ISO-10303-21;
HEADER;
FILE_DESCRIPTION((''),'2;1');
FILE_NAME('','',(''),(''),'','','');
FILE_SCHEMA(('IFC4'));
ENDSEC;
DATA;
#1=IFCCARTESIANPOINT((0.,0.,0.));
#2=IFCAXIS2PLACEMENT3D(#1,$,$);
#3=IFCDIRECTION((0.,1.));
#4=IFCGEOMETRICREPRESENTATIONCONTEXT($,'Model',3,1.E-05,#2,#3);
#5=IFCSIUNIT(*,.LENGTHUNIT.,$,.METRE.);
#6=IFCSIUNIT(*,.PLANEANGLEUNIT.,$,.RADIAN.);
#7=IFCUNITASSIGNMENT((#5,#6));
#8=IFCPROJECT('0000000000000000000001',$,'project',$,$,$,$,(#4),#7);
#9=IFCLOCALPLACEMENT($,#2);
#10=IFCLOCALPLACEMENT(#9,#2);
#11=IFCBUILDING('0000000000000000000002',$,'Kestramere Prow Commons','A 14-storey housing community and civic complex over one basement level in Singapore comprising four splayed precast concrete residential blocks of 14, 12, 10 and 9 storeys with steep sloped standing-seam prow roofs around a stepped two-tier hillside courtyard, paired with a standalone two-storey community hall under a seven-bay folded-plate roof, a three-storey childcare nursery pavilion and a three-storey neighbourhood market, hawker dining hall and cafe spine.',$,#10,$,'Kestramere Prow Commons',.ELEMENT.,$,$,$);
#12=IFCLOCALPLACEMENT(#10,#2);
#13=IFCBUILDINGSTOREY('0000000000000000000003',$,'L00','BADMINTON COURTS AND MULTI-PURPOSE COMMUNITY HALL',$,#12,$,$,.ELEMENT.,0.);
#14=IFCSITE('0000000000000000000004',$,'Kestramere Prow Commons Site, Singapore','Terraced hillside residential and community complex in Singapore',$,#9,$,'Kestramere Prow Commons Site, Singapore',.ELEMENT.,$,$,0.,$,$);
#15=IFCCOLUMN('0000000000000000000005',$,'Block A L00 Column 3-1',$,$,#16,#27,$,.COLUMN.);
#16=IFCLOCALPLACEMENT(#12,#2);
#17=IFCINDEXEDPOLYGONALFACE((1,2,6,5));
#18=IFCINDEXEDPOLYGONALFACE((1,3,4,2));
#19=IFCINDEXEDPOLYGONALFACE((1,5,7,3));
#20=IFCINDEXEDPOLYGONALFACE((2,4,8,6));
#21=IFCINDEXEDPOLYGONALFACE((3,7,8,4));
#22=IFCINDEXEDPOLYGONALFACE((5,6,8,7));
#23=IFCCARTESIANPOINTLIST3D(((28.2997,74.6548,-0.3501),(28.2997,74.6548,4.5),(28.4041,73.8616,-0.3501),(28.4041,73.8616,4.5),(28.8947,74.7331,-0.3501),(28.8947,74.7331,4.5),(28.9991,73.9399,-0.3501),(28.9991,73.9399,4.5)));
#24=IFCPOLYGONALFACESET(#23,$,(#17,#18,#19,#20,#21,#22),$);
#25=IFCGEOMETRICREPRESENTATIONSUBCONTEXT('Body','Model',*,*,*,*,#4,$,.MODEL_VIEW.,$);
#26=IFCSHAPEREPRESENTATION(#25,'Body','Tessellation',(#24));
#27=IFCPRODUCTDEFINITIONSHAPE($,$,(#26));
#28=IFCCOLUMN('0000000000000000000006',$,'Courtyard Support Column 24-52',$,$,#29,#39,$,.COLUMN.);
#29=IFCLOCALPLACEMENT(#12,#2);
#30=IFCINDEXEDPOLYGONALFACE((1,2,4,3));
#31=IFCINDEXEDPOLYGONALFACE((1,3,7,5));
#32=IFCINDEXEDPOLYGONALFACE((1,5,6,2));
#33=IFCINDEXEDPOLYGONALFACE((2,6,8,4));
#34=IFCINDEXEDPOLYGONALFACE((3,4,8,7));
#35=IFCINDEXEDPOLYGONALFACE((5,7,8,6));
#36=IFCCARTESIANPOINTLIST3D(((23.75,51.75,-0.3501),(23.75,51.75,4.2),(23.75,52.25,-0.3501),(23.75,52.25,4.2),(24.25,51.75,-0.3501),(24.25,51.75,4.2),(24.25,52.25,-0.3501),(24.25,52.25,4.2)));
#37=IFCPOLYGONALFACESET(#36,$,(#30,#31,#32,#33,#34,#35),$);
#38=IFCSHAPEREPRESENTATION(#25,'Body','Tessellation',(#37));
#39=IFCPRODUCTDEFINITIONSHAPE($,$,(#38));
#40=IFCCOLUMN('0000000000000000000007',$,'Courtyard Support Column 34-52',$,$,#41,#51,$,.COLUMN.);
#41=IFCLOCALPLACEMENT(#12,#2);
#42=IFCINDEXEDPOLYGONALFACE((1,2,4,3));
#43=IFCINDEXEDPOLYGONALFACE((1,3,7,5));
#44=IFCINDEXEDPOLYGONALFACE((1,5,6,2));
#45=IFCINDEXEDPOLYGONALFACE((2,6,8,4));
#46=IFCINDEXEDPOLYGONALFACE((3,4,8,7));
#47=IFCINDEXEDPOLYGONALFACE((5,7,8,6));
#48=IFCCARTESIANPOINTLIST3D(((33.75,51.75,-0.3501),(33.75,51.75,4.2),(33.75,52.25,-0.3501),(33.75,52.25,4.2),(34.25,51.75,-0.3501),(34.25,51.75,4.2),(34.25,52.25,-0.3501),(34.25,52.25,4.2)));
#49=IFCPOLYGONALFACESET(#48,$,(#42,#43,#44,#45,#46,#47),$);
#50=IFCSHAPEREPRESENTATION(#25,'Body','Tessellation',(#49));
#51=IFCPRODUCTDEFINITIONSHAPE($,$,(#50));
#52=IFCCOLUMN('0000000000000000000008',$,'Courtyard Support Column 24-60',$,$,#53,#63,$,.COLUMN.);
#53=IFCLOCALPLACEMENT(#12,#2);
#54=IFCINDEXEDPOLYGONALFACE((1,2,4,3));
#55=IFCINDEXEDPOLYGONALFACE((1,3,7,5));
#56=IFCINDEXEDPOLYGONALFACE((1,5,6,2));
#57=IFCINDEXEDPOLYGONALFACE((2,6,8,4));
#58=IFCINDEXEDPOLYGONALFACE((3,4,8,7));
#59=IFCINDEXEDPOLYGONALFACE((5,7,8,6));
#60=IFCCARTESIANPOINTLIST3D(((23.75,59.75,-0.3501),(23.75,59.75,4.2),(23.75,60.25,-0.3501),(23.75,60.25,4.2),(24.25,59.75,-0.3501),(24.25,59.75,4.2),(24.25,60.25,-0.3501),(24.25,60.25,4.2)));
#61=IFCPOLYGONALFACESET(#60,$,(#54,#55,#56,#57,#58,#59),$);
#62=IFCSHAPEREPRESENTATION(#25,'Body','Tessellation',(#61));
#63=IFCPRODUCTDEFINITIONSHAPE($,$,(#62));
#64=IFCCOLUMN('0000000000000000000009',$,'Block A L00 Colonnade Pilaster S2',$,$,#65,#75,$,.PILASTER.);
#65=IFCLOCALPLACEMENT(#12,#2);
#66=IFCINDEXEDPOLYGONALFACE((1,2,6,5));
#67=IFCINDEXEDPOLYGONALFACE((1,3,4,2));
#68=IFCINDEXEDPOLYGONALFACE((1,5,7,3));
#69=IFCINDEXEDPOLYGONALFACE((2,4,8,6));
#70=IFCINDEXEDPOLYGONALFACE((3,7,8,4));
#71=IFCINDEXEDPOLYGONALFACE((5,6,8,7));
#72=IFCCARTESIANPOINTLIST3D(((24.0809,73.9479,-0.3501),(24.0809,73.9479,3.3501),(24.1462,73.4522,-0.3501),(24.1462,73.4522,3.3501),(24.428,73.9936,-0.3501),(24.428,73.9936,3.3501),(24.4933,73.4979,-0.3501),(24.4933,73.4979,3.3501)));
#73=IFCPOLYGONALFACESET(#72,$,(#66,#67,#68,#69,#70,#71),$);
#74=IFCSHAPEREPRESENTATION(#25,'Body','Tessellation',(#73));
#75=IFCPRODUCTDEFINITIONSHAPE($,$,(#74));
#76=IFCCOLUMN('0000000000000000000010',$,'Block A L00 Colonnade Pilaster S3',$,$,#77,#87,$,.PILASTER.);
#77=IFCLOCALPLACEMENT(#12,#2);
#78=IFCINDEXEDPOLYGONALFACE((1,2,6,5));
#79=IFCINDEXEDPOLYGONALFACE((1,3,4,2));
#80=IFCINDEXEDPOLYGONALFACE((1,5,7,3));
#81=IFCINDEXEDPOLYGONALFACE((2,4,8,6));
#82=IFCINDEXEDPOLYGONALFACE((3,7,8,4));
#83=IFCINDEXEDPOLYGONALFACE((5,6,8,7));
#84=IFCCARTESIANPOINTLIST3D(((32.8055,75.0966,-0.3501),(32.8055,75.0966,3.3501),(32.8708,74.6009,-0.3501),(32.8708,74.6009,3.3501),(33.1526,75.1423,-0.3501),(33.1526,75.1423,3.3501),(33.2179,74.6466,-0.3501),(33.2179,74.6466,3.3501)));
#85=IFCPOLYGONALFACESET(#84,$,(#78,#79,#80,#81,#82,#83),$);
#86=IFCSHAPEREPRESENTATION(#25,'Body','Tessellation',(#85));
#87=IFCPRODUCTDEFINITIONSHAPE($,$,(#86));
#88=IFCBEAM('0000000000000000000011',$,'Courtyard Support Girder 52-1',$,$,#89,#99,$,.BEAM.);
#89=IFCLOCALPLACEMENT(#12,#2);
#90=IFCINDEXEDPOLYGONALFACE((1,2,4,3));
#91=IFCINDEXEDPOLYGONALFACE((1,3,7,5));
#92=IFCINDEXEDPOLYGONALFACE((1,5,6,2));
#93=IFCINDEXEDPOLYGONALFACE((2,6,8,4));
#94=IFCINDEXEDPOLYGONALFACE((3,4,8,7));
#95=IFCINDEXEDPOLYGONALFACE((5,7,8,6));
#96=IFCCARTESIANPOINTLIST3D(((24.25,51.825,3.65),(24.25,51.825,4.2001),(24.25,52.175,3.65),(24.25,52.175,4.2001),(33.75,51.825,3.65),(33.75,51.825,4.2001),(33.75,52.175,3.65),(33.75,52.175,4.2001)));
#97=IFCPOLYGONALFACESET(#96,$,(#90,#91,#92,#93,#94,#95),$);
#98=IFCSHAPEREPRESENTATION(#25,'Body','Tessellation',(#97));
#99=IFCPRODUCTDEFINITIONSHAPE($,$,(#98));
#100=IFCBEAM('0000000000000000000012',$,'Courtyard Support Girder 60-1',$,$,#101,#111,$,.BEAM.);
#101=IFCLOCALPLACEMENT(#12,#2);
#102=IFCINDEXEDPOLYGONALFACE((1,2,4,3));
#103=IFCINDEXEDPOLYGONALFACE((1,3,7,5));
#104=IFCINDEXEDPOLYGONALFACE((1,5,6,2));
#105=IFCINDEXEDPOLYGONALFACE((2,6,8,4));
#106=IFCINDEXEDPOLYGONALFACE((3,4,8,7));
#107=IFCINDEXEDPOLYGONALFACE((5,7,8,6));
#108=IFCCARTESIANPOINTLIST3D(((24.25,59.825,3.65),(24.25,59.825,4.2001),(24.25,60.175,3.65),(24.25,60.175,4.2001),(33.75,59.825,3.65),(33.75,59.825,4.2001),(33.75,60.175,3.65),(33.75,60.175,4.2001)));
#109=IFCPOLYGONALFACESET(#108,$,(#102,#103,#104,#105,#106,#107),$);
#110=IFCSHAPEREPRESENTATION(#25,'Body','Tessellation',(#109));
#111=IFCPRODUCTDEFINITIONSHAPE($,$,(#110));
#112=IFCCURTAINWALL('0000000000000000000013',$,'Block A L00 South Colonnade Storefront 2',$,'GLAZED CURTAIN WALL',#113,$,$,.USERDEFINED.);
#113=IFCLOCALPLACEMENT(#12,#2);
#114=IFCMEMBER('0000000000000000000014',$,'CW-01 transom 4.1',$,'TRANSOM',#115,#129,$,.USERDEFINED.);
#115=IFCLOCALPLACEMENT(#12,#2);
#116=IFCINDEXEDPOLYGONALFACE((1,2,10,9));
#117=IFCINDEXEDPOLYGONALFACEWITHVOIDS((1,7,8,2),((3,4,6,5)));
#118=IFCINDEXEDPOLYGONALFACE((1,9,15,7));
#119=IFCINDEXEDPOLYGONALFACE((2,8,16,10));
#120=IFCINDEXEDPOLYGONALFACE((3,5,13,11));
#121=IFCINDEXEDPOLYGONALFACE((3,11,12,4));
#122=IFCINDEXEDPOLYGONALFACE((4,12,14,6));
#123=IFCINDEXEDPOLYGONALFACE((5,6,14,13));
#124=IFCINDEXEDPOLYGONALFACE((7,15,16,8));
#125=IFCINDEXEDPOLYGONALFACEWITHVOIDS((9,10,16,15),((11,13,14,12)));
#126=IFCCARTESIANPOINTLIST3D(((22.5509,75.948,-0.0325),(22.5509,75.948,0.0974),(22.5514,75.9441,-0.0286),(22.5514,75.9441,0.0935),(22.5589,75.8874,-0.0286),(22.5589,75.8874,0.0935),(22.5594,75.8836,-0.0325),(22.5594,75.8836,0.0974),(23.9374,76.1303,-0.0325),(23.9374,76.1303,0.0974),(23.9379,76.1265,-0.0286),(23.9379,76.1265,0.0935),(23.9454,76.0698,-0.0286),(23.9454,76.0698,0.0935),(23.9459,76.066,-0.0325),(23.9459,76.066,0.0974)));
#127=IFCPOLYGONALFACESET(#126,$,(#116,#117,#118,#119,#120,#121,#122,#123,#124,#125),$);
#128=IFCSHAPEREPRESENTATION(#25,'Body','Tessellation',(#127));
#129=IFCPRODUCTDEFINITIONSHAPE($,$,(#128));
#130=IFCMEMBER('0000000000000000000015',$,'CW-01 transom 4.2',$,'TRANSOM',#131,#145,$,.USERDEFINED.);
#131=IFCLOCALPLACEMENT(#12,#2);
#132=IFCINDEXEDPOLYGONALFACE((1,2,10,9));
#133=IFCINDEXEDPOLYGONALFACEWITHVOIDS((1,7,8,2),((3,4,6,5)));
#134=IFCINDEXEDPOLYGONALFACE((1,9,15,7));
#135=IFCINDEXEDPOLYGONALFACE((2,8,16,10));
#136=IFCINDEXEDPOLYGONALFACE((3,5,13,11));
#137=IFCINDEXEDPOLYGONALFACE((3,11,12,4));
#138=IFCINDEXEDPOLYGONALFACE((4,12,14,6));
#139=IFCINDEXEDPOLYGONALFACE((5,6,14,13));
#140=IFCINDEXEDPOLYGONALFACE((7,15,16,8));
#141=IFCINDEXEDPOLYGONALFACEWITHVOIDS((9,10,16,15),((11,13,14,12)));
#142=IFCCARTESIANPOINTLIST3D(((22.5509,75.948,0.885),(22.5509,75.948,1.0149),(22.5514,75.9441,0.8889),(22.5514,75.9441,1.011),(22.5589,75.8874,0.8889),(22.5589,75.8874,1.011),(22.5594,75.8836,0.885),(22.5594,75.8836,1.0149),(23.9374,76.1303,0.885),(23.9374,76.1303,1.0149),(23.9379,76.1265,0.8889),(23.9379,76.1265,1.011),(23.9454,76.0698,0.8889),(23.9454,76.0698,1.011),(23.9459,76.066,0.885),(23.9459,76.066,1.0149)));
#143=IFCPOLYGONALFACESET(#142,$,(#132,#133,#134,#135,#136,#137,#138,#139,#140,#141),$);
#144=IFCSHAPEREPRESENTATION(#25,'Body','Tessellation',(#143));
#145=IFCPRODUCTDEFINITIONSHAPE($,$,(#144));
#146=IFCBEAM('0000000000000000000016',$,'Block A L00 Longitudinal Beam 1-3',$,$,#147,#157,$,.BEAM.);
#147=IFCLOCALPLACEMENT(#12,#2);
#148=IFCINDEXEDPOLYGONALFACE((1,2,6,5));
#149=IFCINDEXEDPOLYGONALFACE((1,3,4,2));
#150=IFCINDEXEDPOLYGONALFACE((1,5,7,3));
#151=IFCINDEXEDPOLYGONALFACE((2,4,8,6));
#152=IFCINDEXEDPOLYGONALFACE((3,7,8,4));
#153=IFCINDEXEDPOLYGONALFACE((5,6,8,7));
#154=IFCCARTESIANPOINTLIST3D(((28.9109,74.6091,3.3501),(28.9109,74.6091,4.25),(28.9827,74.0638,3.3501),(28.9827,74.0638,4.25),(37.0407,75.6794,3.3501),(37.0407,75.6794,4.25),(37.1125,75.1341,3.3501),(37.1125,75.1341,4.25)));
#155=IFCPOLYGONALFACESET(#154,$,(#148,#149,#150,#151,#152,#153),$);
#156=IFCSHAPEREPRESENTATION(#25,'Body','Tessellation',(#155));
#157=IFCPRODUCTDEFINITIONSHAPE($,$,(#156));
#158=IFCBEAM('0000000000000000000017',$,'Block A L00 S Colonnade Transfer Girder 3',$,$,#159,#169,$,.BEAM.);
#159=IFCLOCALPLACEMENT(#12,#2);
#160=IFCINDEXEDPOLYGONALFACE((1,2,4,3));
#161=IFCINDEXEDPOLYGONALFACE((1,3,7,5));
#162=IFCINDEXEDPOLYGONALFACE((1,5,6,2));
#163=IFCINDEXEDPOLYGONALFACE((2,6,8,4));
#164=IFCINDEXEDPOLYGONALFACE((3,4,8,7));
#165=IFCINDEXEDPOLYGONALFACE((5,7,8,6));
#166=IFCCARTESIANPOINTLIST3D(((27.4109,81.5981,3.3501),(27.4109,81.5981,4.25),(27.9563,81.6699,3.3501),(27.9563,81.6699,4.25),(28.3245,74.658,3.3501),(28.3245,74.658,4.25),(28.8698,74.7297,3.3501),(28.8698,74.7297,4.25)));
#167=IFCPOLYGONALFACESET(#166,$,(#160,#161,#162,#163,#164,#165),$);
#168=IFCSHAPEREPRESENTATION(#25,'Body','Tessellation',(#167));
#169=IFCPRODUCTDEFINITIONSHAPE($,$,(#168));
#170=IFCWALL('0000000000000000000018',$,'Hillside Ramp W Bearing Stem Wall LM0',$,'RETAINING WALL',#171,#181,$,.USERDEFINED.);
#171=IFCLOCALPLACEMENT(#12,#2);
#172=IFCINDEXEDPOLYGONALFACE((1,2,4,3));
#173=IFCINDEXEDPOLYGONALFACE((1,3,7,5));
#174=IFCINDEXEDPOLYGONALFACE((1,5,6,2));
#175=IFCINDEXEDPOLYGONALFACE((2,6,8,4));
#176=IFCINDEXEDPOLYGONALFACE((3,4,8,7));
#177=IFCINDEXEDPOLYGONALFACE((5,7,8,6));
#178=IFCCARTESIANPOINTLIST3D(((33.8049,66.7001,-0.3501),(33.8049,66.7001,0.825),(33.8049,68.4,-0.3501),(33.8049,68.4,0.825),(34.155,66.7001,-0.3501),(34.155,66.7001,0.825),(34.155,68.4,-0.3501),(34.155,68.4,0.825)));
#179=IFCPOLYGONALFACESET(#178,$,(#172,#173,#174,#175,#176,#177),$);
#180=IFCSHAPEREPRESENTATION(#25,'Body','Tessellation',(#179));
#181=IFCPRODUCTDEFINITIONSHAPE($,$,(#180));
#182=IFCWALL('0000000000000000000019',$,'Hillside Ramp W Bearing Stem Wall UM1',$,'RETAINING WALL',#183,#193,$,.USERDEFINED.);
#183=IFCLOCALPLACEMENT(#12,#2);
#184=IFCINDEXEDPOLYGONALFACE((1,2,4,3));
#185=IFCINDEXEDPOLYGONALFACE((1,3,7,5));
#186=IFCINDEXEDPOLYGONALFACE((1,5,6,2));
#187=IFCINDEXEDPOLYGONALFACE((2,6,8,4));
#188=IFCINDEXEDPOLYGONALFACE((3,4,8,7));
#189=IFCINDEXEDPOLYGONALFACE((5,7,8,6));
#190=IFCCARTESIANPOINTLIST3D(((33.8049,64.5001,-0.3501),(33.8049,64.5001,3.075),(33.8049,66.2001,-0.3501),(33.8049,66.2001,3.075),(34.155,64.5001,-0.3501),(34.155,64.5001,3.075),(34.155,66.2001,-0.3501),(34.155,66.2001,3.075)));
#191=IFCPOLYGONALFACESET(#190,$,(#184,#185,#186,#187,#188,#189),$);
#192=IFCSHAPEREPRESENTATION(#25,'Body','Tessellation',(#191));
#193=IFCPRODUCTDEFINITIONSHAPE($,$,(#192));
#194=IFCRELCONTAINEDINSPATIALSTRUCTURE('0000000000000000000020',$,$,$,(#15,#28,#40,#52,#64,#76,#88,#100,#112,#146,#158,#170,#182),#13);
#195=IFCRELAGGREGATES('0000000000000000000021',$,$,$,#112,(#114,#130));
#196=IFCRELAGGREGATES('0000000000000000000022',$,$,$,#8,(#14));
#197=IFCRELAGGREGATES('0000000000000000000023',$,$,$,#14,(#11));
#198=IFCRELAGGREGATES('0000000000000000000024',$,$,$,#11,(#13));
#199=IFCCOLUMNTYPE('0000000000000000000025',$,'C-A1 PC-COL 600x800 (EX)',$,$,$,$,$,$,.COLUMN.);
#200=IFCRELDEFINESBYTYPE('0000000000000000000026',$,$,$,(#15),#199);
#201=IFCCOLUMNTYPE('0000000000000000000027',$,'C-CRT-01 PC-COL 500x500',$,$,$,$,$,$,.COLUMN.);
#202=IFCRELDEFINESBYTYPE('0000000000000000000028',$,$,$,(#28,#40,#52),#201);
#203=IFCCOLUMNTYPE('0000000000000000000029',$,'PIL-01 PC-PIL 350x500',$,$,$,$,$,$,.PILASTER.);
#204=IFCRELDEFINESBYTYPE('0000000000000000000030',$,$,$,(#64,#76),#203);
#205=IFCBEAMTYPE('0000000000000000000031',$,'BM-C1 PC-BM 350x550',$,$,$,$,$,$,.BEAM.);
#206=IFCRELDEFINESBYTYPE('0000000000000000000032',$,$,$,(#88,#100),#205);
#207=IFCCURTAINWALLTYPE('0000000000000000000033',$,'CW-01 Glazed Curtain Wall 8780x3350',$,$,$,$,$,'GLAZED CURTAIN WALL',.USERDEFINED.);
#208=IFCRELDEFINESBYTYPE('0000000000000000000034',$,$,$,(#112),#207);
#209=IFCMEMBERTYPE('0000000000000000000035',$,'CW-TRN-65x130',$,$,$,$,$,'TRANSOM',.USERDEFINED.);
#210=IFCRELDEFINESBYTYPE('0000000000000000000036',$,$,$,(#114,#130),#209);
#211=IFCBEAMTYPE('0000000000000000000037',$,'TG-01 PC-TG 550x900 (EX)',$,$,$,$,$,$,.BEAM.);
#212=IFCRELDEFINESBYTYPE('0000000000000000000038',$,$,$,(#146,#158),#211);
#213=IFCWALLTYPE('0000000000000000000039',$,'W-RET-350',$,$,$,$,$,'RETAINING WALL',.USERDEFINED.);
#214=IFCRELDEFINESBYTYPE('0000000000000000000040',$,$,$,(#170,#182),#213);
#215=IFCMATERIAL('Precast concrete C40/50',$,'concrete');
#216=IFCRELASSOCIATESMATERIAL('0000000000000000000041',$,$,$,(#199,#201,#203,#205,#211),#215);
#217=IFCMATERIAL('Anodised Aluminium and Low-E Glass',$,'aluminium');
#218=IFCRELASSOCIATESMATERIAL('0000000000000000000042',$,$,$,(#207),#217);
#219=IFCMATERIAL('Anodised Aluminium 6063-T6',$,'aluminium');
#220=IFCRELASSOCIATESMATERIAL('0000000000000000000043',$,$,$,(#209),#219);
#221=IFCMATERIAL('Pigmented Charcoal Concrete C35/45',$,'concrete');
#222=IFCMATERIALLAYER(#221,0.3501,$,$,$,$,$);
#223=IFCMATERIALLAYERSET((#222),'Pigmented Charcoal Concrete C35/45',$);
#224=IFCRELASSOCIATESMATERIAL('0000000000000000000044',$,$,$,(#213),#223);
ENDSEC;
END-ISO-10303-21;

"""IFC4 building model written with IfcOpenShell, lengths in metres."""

from ifc_helpers import new_model, si_unit, direction, frame, frame_2d, origin, origin_2d, place, context, subcontext, project, spatial, rectangle, hollow_rectangle, extrude, material, layer, layer_set, material_profile, profile_set, type_object, element, aggregate, save


model = new_model("IFC4")

# Units and contexts
model_context = context("Model", 3, precision=1e-05, world=origin(), true_north=direction((0.0, 1.0)))
body_context = subcontext(model_context, "Body", "Model", "MODEL_VIEW")
ifc_project = project(units=[si_unit("LENGTHUNIT", "METRE"), si_unit("PLANEANGLEUNIT", "RADIAN")], contexts=[model_context])

# Site, building, storey
site_placement = place(None, origin())
site = spatial("IfcSite", under=ifc_project, at=site_placement, Name="Kestramere Prow Commons Site, Singapore", Description="Terraced hillside residential and community complex in Singapore", LongName="Kestramere Prow Commons Site, Singapore", CompositionType="ELEMENT", RefElevation=0.0)
building_placement = place(site_placement, origin())
building = spatial("IfcBuilding", under=site, at=building_placement, Name="Kestramere Prow Commons", Description="A 14-storey housing community and civic complex over one basement level in Singapore comprising four splayed precast concrete residential blocks of 14, 12, 10 and 9 storeys with steep sloped standing-seam prow roofs around a stepped two-tier hillside courtyard, paired with a standalone two-storey community hall under a seven-bay folded-plate roof, a three-storey childcare nursery pavilion and a three-storey neighbourhood market, hawker dining hall and cafe spine.", LongName="Kestramere Prow Commons", CompositionType="ELEMENT")
storey_placement = place(building_placement, origin())
storey = spatial("IfcBuildingStorey", under=building, at=storey_placement, Name="L00", Description="BADMINTON COURTS AND MULTI-PURPOSE COMMUNITY HALL", CompositionType="ELEMENT", Elevation=0.0)

# Columns
ifc_material_1 = material(Name="Precast concrete C40/50", Category="concrete")
ifc_material_profile_1 = material_profile(ifc_material_1, rectangle(XDim=0.6001, YDim=0.8, at=origin_2d()), Name="PC-COL 600x800")
ifc_profile_set_1 = profile_set([ifc_material_profile_1], Name="Precast concrete C40/50")
column_type_1 = type_object("IfcColumnType", Name="C-A1 PC-COL 600x800 (EX)", PredefinedType="COLUMN", material=ifc_profile_set_1)
column_placement = place(storey_placement, frame((28.6494, 74.2974, -0.3501), z_axis=(0.0, 0.0, 1.0), x_axis=(0.991445, 0.130526, 0.0)))
element("IfcColumn", 1, at=column_placement, inside=storey, type_object=column_type_1, Name="Block A L00 Column 3-1", PredefinedType="COLUMN", context=body_context, shape_type="SweptSolid", body=[
    extrude(rectangle(XDim=0.6001, YDim=0.8, at=origin_2d()), origin(), (0.0, 0.0, 1.0), 4.8501),
])
ifc_material_profile_2 = material_profile(ifc_material_1, rectangle(XDim=0.5, YDim=0.5, at=origin_2d()), Name="PC-COL 500x500")
ifc_profile_set_2 = profile_set([ifc_material_profile_2], Name="Precast concrete C40/50")
column_type_2 = type_object("IfcColumnType", Name="C-CRT-01 PC-COL 500x500", PredefinedType="COLUMN", material=ifc_profile_set_2)
for number, where, z_axis, x_axis, name in (
    (2, (24.0, 52.0, -0.3501), (0.0, 0.0, 1.0), (1.0, 0.0, 0.0), "Courtyard Support Column 24-52"),
    (3, (34.0, 52.0, -0.3501), (0.0, 0.0, 1.0), (1.0, 0.0, 0.0), "Courtyard Support Column 34-52"),
    (4, (24.0, 60.0, -0.3501), (0.0, 0.0, 1.0), (1.0, 0.0, 0.0), "Courtyard Support Column 24-60"),
):
    element("IfcColumn", number, at=place(storey_placement, frame(where, z_axis=z_axis, x_axis=x_axis)), inside=storey, type_object=column_type_2, Name=name, PredefinedType="COLUMN", context=body_context, shape_type="SweptSolid", body=[
        extrude(rectangle(XDim=0.5, YDim=0.5, at=origin_2d()), origin(), (0.0, 0.0, 1.0), 4.55),
    ])
ifc_material_profile_3 = material_profile(ifc_material_1, rectangle(XDim=0.3501, YDim=0.5, at=origin_2d()), Name="PC-PIL 350x500")
ifc_profile_set_3 = profile_set([ifc_material_profile_3], Name="Precast concrete C40/50")
column_type_3 = type_object("IfcColumnType", Name="PIL-01 PC-PIL 350x500", PredefinedType="PILASTER", material=ifc_profile_set_3)
for number, where, z_axis, x_axis, name in (
    (5, (24.2871, 73.7229, -0.3501), (0.0, 0.0, 1.0), (0.991445, 0.130526, 0.0), "Block A L00 Colonnade Pilaster S2"),
    (6, (33.0117, 74.8716, -0.3501), (0.0, 0.0, 1.0), (0.991445, 0.130526, 0.0), "Block A L00 Colonnade Pilaster S3"),
):
    element("IfcColumn", number, at=place(storey_placement, frame(where, z_axis=z_axis, x_axis=x_axis)), inside=storey, type_object=column_type_3, Name=name, PredefinedType="PILASTER", context=body_context, shape_type="SweptSolid", body=[
        extrude(rectangle(XDim=0.3501, YDim=0.5, at=origin_2d()), origin(), (0.0, 0.0, 1.0), 3.7002),
    ])

# Beams
ifc_material_profile_4 = material_profile(ifc_material_1, rectangle(XDim=0.3501, YDim=0.55, at=origin_2d()), Name="PC-BM 350x550")
ifc_profile_set_4 = profile_set([ifc_material_profile_4], Name="Precast concrete C40/50")
beam_type_1 = type_object("IfcBeamType", Name="BM-C1 PC-BM 350x550", PredefinedType="BEAM", material=ifc_profile_set_4)
for number, where, z_axis, x_axis, name in (
    (7, (24.25, 52.0, 3.925), (1.0, 0.0, 0.0), (0.0, 1.0, 0.0), "Courtyard Support Girder 52-1"),
    (8, (24.25, 60.0, 3.925), (1.0, 0.0, 0.0), (0.0, 1.0, 0.0), "Courtyard Support Girder 60-1"),
):
    element("IfcBeam", number, at=place(storey_placement, frame(where, z_axis=z_axis, x_axis=x_axis)), inside=storey, type_object=beam_type_1, Name=name, PredefinedType="BEAM", context=body_context, shape_type="SweptSolid", body=[
        extrude(rectangle(XDim=0.3501, YDim=0.55, at=origin_2d()), origin(), (0.0, 0.0, 1.0), 9.5),
    ])

# Curtain wall, members
ifc_material_2 = material(Name="Anodised Aluminium and Low-E Glass", Category="aluminium")
curtain_wall_type = type_object("IfcCurtainWallType", Name="CW-01 Glazed Curtain Wall 8780x3350", ElementType="GLAZED CURTAIN WALL", PredefinedType="USERDEFINED", material=ifc_material_2)
curtain_wall_placement = place(storey_placement, origin())
curtain_wall = element("IfcCurtainWall", 9, at=curtain_wall_placement, inside=storey, type_object=curtain_wall_type, Name="Block A L00 South Colonnade Storefront 2", ObjectType="GLAZED CURTAIN WALL", PredefinedType="USERDEFINED")
ifc_material_3 = material(Name="Anodised Aluminium 6063-T6", Category="aluminium")
ifc_material_profile_5 = material_profile(ifc_material_3, hollow_rectangle(XDim=0.0649, YDim=0.1299, WallThickness=0.0039, at=origin_2d()), Name="ALU-TRN 65x130")
ifc_profile_set_5 = profile_set([ifc_material_profile_5], Name="Anodised Aluminium 6063-T6")
member_type = type_object("IfcMemberType", Name="CW-TRN-65x130", ElementType="TRANSOM", PredefinedType="USERDEFINED", material=ifc_profile_set_5)
member_1_placement = place(storey_placement, frame((23.9417, 76.0981, 0.0325), z_axis=(-0.99146, -0.130414, 0.0), x_axis=(0.130414, -0.99146, 0.0)))
member_1 = element("IfcMember", 10, at=member_1_placement, type_object=member_type, Name="CW-01 transom 4.1", ObjectType="TRANSOM", PredefinedType="USERDEFINED", context=body_context, shape_type="SweptSolid", body=[
    extrude(hollow_rectangle(XDim=0.0649, YDim=0.1299, WallThickness=0.0039, at=origin_2d()), origin(), (0.0, 0.0, 1.0), 1.3984),
])
member_2_placement = place(storey_placement, frame((23.9417, 76.0981, 0.95), z_axis=(-0.99146, -0.130414, 0.0), x_axis=(0.130414, -0.99146, 0.0)))
member_2 = element("IfcMember", 11, at=member_2_placement, type_object=member_type, Name="CW-01 transom 4.2", ObjectType="TRANSOM", PredefinedType="USERDEFINED", context=body_context, shape_type="SweptSolid", body=[
    extrude(hollow_rectangle(XDim=0.0649, YDim=0.1299, WallThickness=0.0039, at=origin_2d()), origin(), (0.0, 0.0, 1.0), 1.3984),
])
aggregate(curtain_wall, [member_1, member_2])

# Beams
ifc_material_profile_6 = material_profile(ifc_material_1, rectangle(XDim=0.55, YDim=0.8999, at=origin_2d()), Name="PC-TG 550x900")
ifc_profile_set_6 = profile_set([ifc_material_profile_6], Name="Precast concrete C40/50")
beam_type_2 = type_object("IfcBeamType", Name="TG-01 PC-TG 550x900 (EX)", PredefinedType="BEAM", material=ifc_profile_set_6)
beam_1_placement = place(storey_placement, frame((28.9468, 74.3364, 3.8), z_axis=(0.991445, 0.130525, 0.0), x_axis=(-0.130525, 0.991445, 0.0)))
element("IfcBeam", 12, at=beam_1_placement, inside=storey, type_object=beam_type_2, Name="Block A L00 Longitudinal Beam 1-3", PredefinedType="BEAM", context=body_context, shape_type="SweptSolid", body=[
    extrude(rectangle(XDim=0.55, YDim=0.8999, at=origin_2d()), origin(), (0.0, 0.0, 1.0), 8.2),
])
beam_2_placement = place(storey_placement, frame((28.5972, 74.6938, 3.8), z_axis=(-0.13051, 0.991447, 0.0), x_axis=(-0.991447, -0.13051, 0.0)))
element("IfcBeam", 13, at=beam_2_placement, inside=storey, type_object=beam_type_2, Name="Block A L00 S Colonnade Transfer Girder 3", PredefinedType="BEAM", context=body_context, shape_type="SweptSolid", body=[
    extrude(rectangle(XDim=0.55, YDim=0.8999, at=origin_2d()), origin(), (0.0, 0.0, 1.0), 7.0),
])

# Walls
ifc_material_4 = material(Name="Pigmented Charcoal Concrete C35/45", Category="concrete")
ifc_layer_1 = layer(ifc_material_4, 0.3501)
ifc_layer_set_1 = layer_set([ifc_layer_1], Name="Pigmented Charcoal Concrete C35/45")
wall_type = type_object("IfcWallType", Name="W-RET-350", ElementType="RETAINING WALL", PredefinedType="USERDEFINED", material=ifc_layer_set_1)
wall_1_placement = place(storey_placement, frame((33.98, 66.7, -0.3501), z_axis=(0.0, 0.0, 1.0), x_axis=(0.0, 1.0, 0.0)))
element("IfcWall", 14, at=wall_1_placement, inside=storey, type_object=wall_type, Name="Hillside Ramp W Bearing Stem Wall LM0", ObjectType="RETAINING WALL", PredefinedType="USERDEFINED", context=body_context, shape_type="SweptSolid", body=[
    extrude(rectangle(XDim=1.7, YDim=0.3501, at=frame_2d((0.8501, 0.0))), origin(), (0.0, 0.0, 1.0), 1.175),
])
wall_2_placement = place(storey_placement, frame((33.98, 64.5, -0.3501), z_axis=(0.0, 0.0, 1.0), x_axis=(0.0, 1.0, 0.0)))
element("IfcWall", 15, at=wall_2_placement, inside=storey, type_object=wall_type, Name="Hillside Ramp W Bearing Stem Wall UM1", ObjectType="RETAINING WALL", PredefinedType="USERDEFINED", context=body_context, shape_type="SweptSolid", body=[
    extrude(rectangle(XDim=1.7, YDim=0.3501, at=frame_2d((0.8501, 0.0))), origin(), (0.0, 0.0, 1.0), 3.425),
])

save(model, "model.ifc")
